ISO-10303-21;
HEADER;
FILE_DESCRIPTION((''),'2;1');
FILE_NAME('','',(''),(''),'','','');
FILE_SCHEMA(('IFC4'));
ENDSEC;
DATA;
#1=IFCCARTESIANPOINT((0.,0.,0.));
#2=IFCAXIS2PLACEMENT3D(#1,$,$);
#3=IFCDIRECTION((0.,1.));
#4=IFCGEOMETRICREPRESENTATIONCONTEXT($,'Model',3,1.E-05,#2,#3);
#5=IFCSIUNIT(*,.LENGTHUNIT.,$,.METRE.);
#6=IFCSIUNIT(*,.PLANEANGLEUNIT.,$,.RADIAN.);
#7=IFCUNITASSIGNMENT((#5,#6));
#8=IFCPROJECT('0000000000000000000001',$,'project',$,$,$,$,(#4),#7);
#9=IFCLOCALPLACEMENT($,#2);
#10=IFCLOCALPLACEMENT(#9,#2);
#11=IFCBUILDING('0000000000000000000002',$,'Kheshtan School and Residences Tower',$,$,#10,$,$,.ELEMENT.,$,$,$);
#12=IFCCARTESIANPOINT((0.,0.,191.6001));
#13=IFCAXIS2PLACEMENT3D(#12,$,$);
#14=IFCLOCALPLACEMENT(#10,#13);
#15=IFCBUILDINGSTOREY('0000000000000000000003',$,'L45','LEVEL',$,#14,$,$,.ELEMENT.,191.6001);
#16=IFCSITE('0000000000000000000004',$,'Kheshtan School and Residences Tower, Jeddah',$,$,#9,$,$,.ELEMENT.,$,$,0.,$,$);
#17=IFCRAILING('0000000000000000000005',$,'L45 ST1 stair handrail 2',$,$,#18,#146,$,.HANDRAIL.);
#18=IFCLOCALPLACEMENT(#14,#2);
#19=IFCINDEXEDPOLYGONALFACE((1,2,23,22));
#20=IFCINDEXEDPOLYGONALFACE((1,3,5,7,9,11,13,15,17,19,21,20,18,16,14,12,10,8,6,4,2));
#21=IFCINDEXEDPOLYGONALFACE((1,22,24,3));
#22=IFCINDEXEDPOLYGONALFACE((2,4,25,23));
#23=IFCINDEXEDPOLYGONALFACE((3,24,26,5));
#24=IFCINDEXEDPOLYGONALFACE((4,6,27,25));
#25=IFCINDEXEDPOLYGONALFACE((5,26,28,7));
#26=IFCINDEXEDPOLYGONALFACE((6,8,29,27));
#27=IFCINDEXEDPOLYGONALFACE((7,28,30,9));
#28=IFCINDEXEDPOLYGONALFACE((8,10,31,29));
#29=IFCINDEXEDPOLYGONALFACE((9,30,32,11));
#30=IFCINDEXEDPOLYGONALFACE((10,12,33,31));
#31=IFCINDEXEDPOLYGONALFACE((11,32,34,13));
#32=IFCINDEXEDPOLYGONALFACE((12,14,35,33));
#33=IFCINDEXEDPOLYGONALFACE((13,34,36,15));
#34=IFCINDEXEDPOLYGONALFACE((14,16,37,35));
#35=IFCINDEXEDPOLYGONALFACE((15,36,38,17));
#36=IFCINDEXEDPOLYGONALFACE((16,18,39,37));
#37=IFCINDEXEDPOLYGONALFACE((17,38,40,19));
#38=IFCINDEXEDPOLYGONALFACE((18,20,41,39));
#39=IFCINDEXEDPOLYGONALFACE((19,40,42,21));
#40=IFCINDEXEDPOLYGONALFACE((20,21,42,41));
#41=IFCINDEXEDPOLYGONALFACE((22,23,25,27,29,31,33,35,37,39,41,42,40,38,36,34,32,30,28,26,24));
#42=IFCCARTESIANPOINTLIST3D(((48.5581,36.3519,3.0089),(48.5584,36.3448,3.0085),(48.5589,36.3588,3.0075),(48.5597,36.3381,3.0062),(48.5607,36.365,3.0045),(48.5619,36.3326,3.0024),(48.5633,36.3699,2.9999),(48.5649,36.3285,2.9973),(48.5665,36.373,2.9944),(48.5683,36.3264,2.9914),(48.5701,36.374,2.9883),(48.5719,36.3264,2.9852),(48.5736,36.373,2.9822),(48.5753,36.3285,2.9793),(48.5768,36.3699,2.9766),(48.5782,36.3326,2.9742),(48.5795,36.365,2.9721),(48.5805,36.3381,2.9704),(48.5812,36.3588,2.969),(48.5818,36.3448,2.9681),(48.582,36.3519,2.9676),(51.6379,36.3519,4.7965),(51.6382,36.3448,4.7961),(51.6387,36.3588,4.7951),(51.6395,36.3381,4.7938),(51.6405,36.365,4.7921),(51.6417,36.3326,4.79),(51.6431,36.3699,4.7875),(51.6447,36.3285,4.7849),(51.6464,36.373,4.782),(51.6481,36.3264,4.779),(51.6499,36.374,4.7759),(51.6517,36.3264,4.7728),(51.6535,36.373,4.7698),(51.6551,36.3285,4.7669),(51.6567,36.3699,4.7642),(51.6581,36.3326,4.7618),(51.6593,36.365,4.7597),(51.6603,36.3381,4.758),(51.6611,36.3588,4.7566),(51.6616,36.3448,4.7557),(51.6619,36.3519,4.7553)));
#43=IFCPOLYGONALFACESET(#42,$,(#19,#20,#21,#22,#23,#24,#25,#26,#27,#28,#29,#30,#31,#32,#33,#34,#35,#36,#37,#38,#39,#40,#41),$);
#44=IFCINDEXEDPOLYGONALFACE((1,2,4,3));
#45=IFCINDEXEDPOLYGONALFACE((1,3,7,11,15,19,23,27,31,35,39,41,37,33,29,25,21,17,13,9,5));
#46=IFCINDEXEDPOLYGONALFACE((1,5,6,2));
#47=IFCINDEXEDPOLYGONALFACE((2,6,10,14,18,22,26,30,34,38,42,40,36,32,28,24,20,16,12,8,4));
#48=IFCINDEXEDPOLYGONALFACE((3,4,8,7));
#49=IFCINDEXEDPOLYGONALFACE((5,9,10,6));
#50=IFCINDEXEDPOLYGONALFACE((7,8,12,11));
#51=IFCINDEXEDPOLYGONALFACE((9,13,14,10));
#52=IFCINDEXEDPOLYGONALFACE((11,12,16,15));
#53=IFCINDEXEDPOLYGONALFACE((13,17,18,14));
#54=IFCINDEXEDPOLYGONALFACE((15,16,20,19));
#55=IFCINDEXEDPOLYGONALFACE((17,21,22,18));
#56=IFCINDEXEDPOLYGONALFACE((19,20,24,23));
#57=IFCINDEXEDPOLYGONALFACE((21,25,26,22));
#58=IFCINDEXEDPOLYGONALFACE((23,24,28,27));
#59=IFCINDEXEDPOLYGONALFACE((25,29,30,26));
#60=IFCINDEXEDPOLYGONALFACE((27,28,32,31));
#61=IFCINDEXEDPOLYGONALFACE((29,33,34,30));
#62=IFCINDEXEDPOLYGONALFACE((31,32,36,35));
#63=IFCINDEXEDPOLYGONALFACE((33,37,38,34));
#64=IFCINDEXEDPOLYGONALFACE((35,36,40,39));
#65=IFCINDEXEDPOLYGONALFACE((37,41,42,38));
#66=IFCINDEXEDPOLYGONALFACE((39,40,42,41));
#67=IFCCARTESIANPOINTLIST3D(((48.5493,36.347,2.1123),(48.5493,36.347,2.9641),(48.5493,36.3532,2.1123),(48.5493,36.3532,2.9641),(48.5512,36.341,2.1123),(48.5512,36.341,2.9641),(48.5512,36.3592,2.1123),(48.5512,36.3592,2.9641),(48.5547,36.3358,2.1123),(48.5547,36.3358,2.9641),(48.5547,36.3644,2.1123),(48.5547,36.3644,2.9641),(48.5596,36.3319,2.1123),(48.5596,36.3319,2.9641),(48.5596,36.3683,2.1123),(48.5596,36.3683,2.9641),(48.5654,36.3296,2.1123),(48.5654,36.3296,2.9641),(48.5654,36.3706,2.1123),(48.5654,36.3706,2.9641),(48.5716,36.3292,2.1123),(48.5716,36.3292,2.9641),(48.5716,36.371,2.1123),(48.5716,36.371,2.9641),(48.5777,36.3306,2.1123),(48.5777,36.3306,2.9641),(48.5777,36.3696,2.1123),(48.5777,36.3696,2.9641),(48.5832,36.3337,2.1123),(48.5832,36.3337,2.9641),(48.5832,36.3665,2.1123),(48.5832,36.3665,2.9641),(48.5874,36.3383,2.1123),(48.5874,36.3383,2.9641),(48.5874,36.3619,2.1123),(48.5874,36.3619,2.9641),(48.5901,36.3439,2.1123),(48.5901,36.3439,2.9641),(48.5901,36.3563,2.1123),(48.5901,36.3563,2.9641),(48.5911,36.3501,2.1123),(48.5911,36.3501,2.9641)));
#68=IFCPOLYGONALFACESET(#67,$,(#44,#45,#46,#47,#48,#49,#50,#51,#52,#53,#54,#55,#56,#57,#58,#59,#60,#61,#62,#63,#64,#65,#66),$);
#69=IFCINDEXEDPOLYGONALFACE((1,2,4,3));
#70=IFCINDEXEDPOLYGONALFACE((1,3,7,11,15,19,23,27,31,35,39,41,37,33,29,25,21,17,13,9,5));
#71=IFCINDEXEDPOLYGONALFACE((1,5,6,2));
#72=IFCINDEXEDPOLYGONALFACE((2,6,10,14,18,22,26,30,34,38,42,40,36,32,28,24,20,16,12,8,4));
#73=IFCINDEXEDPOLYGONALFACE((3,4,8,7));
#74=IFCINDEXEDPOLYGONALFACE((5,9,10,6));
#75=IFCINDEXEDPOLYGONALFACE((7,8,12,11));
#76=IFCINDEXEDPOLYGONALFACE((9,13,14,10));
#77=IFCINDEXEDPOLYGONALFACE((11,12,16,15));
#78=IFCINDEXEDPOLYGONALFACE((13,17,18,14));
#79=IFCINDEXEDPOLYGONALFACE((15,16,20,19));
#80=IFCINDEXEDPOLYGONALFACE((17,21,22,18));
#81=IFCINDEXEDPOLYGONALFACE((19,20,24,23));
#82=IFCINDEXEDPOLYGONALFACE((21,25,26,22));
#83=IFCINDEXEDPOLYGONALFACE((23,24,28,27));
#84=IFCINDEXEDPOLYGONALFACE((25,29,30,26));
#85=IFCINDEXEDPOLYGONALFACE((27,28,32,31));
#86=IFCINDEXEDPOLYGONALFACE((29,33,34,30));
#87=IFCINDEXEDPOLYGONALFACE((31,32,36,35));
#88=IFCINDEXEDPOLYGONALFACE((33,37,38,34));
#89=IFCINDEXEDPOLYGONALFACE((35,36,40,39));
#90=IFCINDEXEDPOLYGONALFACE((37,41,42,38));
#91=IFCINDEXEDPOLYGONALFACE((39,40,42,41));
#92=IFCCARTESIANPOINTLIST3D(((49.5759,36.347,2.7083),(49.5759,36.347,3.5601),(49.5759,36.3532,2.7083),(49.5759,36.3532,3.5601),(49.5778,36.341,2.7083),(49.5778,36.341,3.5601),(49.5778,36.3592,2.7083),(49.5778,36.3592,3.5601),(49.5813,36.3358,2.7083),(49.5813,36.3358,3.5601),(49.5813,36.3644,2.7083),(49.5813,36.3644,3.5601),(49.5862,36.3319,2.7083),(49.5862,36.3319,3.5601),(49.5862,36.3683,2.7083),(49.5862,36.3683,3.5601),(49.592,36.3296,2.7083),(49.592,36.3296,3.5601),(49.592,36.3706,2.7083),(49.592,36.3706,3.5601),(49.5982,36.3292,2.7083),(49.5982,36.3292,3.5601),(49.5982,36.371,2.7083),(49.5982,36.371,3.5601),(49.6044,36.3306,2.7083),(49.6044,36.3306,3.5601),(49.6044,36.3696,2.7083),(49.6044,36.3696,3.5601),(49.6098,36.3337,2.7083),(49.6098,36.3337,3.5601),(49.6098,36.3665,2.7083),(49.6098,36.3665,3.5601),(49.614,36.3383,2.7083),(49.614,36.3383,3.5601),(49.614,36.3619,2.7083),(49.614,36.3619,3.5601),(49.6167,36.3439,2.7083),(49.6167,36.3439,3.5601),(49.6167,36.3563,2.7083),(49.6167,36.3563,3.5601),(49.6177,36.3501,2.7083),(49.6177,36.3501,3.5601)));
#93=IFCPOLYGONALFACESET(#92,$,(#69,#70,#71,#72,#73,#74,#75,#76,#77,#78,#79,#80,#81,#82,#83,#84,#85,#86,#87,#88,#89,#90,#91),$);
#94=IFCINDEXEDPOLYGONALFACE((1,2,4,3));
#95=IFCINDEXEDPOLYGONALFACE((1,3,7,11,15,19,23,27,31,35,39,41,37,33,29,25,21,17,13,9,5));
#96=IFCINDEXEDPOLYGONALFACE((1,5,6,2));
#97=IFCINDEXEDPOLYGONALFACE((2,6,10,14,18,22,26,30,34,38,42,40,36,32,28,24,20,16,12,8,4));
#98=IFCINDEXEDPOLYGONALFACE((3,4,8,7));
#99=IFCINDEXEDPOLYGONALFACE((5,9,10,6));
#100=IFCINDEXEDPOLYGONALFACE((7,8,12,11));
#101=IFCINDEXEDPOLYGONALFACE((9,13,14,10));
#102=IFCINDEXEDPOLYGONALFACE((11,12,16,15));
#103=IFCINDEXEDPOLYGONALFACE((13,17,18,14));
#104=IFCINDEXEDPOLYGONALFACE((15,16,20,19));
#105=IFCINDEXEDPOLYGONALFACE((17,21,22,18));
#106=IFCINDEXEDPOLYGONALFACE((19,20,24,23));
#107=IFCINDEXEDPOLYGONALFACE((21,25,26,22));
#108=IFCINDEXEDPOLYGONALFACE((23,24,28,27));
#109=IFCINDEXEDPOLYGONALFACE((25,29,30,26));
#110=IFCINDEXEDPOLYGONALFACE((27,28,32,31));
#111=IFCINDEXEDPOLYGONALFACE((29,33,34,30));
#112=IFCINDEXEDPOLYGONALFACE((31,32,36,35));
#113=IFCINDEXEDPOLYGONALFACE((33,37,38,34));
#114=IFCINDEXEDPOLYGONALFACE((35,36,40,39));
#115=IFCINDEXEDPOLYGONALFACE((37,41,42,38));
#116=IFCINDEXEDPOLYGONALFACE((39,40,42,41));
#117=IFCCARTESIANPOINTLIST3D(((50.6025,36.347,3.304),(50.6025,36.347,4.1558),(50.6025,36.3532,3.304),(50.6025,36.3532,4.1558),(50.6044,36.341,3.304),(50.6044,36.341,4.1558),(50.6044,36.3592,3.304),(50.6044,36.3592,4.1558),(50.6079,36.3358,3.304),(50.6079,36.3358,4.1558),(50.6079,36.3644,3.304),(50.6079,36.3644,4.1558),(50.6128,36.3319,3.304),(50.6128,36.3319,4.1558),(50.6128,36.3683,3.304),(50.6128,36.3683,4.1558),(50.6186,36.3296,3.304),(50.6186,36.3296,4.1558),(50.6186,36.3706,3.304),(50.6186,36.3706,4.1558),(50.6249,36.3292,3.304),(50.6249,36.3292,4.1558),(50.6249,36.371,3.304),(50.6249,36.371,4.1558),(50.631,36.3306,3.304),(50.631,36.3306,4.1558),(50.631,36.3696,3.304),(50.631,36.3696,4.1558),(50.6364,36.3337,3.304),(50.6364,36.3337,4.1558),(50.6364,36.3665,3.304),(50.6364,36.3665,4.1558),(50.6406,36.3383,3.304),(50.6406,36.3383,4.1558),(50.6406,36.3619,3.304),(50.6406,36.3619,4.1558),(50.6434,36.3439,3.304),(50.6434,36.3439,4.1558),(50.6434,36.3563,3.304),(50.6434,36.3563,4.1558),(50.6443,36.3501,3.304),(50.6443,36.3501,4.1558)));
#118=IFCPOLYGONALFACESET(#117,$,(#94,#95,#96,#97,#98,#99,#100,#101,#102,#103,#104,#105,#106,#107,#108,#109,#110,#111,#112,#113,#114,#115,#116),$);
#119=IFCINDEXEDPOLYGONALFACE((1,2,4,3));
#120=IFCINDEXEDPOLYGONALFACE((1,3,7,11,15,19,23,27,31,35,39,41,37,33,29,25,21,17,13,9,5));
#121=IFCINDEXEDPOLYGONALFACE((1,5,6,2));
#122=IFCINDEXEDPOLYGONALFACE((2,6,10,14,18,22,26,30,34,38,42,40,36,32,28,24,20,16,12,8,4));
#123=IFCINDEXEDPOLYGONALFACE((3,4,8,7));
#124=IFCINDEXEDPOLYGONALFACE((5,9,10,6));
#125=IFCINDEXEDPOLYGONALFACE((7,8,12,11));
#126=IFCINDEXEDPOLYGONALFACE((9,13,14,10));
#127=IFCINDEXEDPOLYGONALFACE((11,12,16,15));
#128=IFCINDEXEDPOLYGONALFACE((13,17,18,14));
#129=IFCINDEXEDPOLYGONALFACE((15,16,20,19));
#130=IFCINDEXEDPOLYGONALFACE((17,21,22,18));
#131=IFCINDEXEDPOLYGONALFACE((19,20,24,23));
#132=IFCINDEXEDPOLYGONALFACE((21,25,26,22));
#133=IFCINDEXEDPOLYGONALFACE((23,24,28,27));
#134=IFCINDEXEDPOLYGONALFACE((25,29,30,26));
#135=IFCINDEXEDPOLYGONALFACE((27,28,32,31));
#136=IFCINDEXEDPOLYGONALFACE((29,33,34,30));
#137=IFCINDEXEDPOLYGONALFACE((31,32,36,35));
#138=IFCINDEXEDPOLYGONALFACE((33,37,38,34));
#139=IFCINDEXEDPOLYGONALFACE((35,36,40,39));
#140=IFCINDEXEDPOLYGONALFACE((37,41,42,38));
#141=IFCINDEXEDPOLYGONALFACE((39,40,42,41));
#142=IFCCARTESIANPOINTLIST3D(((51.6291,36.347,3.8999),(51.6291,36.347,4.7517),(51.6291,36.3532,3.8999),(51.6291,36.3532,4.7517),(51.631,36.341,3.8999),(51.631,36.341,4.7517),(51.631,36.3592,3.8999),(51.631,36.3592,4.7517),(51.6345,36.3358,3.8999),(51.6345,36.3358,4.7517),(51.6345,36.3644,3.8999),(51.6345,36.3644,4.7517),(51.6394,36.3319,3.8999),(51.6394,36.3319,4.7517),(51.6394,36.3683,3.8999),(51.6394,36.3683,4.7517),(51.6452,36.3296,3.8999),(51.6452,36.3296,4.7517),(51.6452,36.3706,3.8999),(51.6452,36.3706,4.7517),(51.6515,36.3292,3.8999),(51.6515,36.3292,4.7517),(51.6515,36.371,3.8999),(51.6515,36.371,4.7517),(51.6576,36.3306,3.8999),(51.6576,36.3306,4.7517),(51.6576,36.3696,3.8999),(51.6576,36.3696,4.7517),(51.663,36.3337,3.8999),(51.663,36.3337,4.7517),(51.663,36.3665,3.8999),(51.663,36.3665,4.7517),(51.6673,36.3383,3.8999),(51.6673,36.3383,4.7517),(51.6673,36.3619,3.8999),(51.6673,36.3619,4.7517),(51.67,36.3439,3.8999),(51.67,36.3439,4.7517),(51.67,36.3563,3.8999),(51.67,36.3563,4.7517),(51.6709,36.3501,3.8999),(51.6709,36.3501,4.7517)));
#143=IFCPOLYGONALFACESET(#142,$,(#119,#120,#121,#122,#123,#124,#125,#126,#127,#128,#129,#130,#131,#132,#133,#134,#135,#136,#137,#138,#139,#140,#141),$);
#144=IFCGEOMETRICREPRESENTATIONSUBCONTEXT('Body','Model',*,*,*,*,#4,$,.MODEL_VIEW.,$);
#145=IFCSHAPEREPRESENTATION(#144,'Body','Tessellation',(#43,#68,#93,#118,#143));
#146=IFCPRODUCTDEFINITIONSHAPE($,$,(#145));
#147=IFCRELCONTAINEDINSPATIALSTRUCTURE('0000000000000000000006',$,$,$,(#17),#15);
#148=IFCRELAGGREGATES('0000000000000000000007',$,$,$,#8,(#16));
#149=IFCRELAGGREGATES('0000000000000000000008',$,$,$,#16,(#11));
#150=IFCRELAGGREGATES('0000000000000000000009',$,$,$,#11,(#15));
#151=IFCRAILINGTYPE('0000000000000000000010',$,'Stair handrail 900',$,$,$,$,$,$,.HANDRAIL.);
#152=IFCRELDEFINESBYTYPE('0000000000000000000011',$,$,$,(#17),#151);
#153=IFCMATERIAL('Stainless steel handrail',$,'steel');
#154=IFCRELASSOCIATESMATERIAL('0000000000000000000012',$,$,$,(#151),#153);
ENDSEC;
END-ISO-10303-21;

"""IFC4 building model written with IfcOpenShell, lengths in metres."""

from ifc_helpers import new_model, si_unit, direction, frame, origin, origin_2d, place, context, subcontext, project, spatial, circle, extrude, material, type_object, element, save


model = new_model("IFC4")

# Units and contexts
model_context = context("Model", 3, precision=1e-05, world=origin(), true_north=direction((0.0, 1.0)))
body_context = subcontext(model_context, "Body", "Model", "MODEL_VIEW")
ifc_project = project(units=[si_unit("LENGTHUNIT", "METRE"), si_unit("PLANEANGLEUNIT", "RADIAN")], contexts=[model_context])

# Site, building, storey
site_placement = place(None, origin())
site = spatial("IfcSite", under=ifc_project, at=site_placement, Name="Kheshtan School and Residences Tower, Jeddah", CompositionType="ELEMENT", RefElevation=0.0)
building_placement = place(site_placement, origin())
building = spatial("IfcBuilding", under=site, at=building_placement, Name="Kheshtan School and Residences Tower", CompositionType="ELEMENT")
storey_placement = place(building_placement, frame((0.0, 0.0, 191.6001)))
storey = spatial("IfcBuildingStorey", under=building, at=storey_placement, Name="L45", Description="LEVEL", CompositionType="ELEMENT", Elevation=191.6001)

# Railing
ifc_material_1 = material(Name="Stainless steel handrail", Category="steel")
railing_type = type_object("IfcRailingType", Name="Stair handrail 900", PredefinedType="HANDRAIL", material=ifc_material_1)
railing_placement = place(storey_placement, frame((48.5701, 36.3501, 2.1123)))
element("IfcRailing", 1, at=railing_placement, inside=storey, type_object=railing_type, Name="L45 ST1 stair handrail 2", PredefinedType="HANDRAIL", context=body_context, shape_type="SweptSolid", body=[
    extrude(circle(Radius=0.0239, at=origin_2d()), frame((0.0, 0.0, 0.876), z_axis=(0.864873, 0.0, 0.50199), x_axis=(0.0, 1.0, 0.0)), (0.0, 0.0, 1.0), 3.561),
    extrude(circle(Radius=0.021, at=origin_2d()), origin(), (0.0, 0.0, 1.0), 0.8518),
    extrude(circle(Radius=0.021, at=origin_2d()), frame((1.0266, 0.0, 0.5959)), (0.0, 0.0, 1.0), 0.8518),
    extrude(circle(Radius=0.021, at=origin_2d()), frame((2.0532, 0.0, 1.1917)), (0.0, 0.0, 1.0), 0.8518),
    extrude(circle(Radius=0.021, at=origin_2d()), frame((3.0798, 0.0, 1.7876)), (0.0, 0.0, 1.0), 0.8518),
])

save(model, "model.ifc")
